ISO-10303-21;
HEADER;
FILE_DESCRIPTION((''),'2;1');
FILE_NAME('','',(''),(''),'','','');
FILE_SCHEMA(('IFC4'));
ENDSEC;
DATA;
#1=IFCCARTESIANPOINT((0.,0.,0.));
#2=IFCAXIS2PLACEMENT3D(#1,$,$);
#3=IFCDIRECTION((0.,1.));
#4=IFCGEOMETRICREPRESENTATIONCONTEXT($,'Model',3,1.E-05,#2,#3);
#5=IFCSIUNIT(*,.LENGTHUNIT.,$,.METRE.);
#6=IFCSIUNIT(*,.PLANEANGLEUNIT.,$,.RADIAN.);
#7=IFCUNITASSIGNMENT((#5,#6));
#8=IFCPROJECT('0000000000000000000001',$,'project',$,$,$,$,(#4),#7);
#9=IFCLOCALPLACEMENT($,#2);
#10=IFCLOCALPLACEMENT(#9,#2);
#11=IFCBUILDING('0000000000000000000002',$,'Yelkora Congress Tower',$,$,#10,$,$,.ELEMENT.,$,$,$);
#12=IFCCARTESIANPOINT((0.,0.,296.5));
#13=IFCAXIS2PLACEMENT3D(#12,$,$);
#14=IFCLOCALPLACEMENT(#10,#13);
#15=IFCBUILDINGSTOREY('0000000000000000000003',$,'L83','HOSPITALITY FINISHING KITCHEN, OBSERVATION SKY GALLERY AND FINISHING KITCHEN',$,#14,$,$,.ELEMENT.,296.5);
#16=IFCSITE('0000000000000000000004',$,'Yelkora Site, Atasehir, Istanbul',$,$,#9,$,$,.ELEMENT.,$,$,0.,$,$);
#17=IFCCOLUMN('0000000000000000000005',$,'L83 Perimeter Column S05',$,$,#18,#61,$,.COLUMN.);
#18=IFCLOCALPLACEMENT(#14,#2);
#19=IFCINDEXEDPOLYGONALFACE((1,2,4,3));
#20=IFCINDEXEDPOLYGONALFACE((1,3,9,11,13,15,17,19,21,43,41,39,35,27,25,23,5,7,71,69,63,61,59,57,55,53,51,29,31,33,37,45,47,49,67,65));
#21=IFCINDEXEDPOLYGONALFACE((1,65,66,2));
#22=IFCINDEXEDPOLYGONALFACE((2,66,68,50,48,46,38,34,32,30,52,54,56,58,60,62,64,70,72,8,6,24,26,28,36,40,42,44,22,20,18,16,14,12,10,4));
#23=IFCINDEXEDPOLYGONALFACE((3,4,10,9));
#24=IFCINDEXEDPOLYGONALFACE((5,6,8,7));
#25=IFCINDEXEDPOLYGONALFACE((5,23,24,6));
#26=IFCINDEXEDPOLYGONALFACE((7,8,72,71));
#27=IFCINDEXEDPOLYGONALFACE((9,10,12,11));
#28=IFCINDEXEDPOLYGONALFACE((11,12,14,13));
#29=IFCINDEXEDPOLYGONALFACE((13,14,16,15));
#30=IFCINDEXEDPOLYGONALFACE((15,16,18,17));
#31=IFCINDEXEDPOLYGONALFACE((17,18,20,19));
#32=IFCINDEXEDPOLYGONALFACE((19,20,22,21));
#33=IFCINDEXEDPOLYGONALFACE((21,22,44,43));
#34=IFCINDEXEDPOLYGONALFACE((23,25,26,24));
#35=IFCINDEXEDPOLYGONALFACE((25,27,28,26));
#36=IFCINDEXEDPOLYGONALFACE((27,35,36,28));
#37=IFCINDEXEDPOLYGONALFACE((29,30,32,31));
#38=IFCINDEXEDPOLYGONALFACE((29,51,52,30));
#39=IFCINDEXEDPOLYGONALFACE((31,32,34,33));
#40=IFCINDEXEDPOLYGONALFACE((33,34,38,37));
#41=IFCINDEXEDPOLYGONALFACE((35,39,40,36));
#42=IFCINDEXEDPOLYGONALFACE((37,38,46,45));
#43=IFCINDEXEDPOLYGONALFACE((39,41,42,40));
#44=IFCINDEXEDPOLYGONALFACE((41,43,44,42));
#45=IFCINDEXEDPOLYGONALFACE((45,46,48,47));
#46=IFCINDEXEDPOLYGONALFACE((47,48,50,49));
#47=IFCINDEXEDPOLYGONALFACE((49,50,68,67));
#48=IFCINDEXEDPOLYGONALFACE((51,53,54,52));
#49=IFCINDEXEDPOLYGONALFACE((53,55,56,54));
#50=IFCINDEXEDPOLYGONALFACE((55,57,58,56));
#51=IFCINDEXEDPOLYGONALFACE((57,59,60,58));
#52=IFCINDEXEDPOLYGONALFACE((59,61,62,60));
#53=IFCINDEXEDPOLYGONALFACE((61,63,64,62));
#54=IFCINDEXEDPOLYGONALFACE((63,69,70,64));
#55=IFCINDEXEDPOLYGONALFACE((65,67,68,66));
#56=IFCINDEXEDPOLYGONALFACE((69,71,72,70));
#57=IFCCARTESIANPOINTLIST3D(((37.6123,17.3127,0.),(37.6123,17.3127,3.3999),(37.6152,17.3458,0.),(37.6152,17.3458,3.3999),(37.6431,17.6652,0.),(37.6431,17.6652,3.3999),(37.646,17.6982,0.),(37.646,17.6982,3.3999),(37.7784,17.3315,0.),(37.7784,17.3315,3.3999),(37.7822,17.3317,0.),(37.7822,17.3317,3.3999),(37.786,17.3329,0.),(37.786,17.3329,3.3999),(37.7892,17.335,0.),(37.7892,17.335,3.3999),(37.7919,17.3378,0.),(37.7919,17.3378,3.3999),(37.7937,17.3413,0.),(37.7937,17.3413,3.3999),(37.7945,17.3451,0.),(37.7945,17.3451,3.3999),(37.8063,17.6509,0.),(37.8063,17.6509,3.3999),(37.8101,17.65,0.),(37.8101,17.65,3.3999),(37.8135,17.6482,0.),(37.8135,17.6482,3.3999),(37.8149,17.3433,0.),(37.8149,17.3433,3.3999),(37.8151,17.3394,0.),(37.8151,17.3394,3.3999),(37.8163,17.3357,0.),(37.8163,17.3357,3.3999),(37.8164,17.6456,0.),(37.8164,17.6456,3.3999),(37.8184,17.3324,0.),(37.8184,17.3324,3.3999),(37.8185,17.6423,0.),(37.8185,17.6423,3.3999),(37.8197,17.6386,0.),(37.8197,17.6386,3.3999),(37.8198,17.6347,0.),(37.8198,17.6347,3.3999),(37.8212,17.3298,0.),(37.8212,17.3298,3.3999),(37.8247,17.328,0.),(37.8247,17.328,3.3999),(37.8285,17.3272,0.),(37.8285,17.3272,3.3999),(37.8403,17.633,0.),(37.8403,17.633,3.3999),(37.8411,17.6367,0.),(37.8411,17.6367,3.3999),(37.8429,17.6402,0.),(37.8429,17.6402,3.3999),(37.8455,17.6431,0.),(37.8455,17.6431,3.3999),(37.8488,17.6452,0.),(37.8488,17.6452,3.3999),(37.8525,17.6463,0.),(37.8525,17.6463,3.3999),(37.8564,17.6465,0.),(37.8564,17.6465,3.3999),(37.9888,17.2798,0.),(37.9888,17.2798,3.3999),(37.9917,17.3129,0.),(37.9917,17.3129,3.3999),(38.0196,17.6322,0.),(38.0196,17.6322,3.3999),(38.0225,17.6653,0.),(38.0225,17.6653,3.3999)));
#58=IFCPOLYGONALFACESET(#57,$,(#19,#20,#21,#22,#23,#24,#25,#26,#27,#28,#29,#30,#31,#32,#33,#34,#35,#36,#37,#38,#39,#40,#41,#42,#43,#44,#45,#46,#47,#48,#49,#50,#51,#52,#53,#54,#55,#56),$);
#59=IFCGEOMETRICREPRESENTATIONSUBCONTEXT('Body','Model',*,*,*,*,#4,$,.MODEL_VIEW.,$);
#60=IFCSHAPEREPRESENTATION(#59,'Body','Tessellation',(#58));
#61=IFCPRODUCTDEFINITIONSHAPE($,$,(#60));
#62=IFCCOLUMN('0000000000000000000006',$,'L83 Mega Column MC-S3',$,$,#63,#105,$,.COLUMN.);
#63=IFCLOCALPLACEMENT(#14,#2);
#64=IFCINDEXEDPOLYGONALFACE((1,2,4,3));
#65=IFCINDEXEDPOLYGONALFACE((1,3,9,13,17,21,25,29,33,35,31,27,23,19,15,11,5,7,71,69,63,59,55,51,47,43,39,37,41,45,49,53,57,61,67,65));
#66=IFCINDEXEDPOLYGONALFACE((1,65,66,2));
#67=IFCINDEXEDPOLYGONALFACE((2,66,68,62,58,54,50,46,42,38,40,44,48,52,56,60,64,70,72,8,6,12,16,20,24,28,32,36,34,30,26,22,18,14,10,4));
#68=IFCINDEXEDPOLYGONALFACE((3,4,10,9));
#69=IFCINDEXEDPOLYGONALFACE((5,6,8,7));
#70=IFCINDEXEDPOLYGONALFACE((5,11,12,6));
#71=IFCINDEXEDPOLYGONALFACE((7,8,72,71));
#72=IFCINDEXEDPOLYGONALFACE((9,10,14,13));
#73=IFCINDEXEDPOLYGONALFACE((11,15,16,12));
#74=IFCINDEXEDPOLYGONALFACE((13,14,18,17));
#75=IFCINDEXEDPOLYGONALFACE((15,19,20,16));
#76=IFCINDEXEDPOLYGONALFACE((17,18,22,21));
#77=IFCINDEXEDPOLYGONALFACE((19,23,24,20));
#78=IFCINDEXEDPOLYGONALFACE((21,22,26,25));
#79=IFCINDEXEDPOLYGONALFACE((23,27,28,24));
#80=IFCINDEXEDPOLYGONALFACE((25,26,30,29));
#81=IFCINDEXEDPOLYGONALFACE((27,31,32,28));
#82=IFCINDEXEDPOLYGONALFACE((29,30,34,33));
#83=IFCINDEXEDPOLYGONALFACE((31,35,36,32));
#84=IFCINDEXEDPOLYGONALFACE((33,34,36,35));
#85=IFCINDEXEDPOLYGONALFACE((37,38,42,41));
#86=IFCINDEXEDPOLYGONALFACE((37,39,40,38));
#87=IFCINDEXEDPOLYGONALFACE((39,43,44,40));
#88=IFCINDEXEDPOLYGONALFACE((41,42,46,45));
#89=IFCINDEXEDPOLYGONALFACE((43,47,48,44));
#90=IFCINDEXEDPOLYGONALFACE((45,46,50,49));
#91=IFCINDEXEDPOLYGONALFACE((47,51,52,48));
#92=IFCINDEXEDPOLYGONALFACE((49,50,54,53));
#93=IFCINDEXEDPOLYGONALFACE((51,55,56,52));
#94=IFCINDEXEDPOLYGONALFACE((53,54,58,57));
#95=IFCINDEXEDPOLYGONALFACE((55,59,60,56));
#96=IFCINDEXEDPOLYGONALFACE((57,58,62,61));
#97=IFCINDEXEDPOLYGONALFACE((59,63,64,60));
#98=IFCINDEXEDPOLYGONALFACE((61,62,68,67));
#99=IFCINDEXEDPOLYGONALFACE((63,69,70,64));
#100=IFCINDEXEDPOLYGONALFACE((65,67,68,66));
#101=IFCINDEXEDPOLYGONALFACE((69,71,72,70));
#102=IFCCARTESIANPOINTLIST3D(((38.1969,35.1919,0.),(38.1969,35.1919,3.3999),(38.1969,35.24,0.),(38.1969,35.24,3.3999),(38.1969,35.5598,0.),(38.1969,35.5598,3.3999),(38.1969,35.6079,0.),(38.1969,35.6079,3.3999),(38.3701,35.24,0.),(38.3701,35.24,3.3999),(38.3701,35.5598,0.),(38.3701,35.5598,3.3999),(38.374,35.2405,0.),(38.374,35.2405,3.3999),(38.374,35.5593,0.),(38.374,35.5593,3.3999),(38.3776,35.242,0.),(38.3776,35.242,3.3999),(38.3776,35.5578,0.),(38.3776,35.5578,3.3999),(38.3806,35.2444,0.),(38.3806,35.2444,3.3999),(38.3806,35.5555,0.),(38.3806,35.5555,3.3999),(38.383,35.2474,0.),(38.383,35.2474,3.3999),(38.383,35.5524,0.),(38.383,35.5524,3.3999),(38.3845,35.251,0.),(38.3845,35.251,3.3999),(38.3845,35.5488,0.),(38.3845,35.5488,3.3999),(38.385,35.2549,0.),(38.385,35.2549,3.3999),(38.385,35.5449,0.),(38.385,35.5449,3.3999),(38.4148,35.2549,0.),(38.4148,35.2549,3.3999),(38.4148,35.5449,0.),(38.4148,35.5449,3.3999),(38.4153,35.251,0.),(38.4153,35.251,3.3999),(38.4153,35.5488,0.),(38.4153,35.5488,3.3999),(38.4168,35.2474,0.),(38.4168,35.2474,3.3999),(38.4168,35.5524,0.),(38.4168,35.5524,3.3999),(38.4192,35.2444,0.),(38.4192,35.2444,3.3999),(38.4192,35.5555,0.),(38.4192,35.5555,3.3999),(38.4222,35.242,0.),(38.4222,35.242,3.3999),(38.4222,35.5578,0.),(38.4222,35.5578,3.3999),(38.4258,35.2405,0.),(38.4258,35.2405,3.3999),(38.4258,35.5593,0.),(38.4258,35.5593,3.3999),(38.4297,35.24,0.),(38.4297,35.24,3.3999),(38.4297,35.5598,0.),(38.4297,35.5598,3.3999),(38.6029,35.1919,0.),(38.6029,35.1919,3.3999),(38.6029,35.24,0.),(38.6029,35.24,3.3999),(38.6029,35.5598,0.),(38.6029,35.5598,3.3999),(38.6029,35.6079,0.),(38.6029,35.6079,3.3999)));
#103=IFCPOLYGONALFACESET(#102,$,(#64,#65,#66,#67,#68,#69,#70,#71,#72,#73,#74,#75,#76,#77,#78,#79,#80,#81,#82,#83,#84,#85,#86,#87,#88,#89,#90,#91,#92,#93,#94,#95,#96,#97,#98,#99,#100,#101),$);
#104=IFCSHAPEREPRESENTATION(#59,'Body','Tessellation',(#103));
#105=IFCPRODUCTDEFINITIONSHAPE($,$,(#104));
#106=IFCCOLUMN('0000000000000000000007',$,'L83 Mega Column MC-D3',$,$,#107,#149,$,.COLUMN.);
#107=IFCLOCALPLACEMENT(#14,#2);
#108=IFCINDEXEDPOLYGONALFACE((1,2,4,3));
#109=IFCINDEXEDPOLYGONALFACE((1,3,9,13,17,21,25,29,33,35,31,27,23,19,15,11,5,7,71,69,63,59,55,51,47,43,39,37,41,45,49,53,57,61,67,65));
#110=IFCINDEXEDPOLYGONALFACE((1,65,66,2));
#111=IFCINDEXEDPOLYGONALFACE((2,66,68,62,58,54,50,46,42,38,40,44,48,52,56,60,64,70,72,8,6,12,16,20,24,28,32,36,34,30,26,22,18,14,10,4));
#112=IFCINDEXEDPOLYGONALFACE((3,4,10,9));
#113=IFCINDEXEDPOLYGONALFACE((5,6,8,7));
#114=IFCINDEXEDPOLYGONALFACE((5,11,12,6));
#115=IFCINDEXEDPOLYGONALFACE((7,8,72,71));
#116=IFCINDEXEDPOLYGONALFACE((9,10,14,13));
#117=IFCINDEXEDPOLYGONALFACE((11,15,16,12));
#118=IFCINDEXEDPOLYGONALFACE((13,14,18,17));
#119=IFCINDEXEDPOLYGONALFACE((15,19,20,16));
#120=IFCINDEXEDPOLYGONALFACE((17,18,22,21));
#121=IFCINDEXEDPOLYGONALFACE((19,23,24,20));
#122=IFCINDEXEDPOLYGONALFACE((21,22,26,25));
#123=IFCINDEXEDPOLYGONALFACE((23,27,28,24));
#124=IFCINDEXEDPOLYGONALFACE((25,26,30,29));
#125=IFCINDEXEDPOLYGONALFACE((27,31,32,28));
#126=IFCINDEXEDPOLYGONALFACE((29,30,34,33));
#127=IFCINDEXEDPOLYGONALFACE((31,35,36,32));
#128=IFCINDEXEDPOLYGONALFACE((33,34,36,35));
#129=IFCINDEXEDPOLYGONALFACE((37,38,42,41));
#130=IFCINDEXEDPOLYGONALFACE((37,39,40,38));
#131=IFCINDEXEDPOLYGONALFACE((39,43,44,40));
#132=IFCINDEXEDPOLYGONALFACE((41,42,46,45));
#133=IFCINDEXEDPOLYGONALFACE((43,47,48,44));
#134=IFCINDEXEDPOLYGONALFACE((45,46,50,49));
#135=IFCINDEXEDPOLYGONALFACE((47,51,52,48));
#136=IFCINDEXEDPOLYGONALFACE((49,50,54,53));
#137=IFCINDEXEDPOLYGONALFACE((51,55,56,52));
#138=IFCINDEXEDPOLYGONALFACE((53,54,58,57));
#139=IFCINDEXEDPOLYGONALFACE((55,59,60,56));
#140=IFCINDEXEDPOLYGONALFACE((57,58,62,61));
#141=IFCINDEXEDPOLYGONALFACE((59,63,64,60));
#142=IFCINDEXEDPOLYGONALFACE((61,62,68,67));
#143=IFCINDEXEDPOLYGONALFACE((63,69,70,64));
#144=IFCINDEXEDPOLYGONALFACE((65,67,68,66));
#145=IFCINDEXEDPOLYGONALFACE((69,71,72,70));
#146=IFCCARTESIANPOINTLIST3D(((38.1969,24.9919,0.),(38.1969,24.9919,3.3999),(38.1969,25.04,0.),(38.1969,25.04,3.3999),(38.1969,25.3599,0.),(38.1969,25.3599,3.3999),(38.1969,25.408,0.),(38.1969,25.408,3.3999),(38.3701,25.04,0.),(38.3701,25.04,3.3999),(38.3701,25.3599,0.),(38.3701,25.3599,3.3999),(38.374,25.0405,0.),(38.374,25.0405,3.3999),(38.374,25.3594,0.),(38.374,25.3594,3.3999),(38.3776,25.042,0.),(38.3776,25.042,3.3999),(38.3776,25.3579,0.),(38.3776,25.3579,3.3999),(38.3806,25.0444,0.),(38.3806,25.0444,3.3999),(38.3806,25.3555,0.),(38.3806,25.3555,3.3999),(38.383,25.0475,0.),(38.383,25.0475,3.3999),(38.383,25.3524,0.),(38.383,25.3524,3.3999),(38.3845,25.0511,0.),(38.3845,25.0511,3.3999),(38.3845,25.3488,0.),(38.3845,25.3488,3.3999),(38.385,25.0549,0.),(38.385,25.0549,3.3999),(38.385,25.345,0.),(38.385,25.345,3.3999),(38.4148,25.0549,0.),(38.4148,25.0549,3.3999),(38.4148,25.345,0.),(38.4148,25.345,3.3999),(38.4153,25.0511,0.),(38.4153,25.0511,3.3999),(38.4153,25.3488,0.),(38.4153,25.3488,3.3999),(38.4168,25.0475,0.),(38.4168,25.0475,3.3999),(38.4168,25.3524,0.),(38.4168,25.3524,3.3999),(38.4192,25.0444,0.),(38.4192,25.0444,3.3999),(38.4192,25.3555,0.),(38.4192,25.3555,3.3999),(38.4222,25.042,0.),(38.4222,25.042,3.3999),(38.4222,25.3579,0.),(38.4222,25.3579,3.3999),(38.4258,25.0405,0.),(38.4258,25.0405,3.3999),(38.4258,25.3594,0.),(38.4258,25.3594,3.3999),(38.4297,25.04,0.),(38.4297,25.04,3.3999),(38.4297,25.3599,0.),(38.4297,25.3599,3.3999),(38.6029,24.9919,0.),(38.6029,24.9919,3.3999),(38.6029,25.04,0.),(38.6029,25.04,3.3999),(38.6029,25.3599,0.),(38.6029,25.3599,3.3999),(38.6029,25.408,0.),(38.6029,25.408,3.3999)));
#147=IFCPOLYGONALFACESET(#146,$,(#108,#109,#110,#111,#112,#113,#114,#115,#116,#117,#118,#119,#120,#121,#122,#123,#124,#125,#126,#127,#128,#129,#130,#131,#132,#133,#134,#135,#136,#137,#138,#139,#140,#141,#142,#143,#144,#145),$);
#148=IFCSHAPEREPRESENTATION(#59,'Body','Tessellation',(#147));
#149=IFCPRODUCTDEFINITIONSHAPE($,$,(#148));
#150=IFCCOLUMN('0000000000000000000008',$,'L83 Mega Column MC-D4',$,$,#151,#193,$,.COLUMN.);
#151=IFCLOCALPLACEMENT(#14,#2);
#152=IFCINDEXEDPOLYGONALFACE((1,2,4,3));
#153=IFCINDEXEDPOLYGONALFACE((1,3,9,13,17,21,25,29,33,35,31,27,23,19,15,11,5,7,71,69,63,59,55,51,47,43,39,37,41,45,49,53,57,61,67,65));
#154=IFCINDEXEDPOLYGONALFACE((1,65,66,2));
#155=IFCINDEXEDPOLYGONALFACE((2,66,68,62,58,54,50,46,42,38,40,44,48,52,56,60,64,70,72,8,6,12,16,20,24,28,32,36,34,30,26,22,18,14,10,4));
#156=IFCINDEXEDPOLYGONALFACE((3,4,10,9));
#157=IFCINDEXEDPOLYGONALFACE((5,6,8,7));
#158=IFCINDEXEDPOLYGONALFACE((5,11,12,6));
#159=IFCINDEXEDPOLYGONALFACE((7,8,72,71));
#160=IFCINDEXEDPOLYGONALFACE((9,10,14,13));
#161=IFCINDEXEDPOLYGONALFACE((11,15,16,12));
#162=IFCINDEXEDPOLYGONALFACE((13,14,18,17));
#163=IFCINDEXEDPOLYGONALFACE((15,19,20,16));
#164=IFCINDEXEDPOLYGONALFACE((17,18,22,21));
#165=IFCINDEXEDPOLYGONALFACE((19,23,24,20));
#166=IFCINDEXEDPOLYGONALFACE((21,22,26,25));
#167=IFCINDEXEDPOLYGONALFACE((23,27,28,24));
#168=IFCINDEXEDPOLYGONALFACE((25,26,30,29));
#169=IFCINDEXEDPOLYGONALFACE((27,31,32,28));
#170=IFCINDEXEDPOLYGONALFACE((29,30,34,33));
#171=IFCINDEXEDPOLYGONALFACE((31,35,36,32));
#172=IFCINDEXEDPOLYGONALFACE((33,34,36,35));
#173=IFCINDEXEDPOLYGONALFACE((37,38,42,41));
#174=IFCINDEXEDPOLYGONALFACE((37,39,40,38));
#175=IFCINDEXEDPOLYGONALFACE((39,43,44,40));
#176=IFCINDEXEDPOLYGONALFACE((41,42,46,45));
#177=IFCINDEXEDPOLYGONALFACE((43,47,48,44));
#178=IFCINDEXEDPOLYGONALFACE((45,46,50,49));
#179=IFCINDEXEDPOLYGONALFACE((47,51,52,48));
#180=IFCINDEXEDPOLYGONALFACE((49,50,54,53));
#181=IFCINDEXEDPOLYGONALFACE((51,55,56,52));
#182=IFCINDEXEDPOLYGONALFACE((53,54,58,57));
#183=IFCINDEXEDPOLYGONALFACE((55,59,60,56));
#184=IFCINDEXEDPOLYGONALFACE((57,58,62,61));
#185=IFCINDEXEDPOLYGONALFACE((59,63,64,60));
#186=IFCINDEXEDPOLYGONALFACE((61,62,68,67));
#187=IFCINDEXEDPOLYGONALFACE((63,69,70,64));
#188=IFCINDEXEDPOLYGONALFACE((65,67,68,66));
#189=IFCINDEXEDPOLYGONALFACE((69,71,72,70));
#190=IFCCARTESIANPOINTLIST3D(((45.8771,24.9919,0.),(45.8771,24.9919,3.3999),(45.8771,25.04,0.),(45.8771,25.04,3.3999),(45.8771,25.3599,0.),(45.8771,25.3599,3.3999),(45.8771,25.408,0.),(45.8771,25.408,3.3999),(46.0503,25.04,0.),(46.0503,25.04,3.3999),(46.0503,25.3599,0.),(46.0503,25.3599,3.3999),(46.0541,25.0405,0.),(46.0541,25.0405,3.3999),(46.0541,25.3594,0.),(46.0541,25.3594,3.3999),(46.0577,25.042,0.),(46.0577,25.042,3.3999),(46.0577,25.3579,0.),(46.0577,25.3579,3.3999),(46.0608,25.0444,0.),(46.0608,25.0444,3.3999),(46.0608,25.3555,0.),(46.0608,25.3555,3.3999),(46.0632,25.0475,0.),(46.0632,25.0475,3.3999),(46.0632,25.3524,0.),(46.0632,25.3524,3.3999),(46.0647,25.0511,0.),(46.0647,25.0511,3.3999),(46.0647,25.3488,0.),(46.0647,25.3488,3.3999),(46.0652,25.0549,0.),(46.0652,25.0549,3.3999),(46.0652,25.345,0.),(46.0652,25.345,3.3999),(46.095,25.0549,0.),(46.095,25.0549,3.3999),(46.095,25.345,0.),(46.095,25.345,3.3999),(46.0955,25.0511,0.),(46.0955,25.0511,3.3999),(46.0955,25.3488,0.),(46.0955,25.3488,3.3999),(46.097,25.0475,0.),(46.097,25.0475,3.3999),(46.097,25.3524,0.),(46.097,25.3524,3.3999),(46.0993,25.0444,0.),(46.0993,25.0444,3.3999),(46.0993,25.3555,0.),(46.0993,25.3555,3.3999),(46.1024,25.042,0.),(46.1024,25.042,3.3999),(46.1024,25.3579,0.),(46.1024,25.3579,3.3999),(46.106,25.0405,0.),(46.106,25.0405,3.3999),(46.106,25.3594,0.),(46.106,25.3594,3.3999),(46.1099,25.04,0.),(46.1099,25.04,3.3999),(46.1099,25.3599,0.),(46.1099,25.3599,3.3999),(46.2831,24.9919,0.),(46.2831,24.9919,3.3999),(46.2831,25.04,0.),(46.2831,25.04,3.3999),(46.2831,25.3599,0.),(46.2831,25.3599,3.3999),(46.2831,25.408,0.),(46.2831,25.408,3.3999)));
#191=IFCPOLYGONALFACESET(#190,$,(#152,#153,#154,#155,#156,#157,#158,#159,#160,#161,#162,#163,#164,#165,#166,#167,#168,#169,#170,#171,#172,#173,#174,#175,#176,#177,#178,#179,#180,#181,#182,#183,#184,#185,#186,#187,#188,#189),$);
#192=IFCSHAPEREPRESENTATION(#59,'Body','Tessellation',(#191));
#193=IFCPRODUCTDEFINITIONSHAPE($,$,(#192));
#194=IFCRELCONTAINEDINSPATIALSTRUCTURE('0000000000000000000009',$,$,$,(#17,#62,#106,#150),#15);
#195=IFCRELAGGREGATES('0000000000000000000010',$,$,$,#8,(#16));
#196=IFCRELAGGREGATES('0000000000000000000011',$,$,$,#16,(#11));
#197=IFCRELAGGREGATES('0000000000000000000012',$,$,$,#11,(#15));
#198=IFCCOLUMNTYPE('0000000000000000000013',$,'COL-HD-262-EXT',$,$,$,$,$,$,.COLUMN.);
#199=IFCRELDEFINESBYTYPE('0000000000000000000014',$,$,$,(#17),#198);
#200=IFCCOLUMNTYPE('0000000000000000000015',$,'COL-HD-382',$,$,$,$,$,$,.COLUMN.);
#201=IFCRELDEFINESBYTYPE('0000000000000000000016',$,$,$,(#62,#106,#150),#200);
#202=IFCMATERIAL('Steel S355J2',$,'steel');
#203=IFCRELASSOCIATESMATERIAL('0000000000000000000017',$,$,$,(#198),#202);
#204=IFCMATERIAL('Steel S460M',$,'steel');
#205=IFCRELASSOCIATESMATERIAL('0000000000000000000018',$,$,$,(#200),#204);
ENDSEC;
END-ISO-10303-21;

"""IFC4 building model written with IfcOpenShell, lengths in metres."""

from ifc_helpers import new_model, si_unit, direction, frame, origin, origin_2d, place, context, subcontext, project, spatial, i_section, extrude, material, material_profile, profile_set, type_object, element, save


model = new_model("IFC4")

# Units and contexts
model_context = context("Model", 3, precision=1e-05, world=origin(), true_north=direction((0.0, 1.0)))
body_context = subcontext(model_context, "Body", "Model", "MODEL_VIEW")
ifc_project = project(units=[si_unit("LENGTHUNIT", "METRE"), si_unit("PLANEANGLEUNIT", "RADIAN")], contexts=[model_context])

# Site, building, storey
site_placement = place(None, origin())
site = spatial("IfcSite", under=ifc_project, at=site_placement, Name="Yelkora Site, Atasehir, Istanbul", CompositionType="ELEMENT", RefElevation=0.0)
building_placement = place(site_placement, origin())
building = spatial("IfcBuilding", under=site, at=building_placement, Name="Yelkora Congress Tower", CompositionType="ELEMENT")
storey_placement = place(building_placement, frame((0.0, 0.0, 296.5)))
storey = spatial("IfcBuildingStorey", under=building, at=storey_placement, Name="L83", Description="HOSPITALITY FINISHING KITCHEN, OBSERVATION SKY GALLERY AND FINISHING KITCHEN", CompositionType="ELEMENT", Elevation=296.5)

# Columns
ifc_material_1 = material(Name="Steel S355J2", Category="steel")
ifc_material_profile_1 = material_profile(ifc_material_1, i_section(OverallWidth=0.3779, OverallDepth=0.387, WebThickness=0.0205, FlangeThickness=0.0332, FilletRadius=0.0149, at=origin_2d()), Name="HD 360x262")
ifc_profile_set_1 = profile_set([ifc_material_profile_1], Name="Steel S355J2")
column_type_1 = type_object("IfcColumnType", Name="COL-HD-262-EXT", PredefinedType="COLUMN", material=ifc_profile_set_1)
column_placement = place(storey_placement, frame((37.8174, 17.489, 0.0), z_axis=(0.0, 0.0, 1.0), x_axis=(0.996195, -0.087156, 0.0)))
element("IfcColumn", 1, at=column_placement, inside=storey, type_object=column_type_1, Name="L83 Perimeter Column S05", PredefinedType="COLUMN", context=body_context, shape_type="SweptSolid", body=[
    extrude(i_section(OverallWidth=0.3779, OverallDepth=0.387, WebThickness=0.0205, FlangeThickness=0.0332, FilletRadius=0.0149, at=origin_2d()), origin(), (0.0, 0.0, 1.0), 3.3999),
])
ifc_material_2 = material(Name="Steel S460M", Category="steel")
ifc_material_profile_2 = material_profile(ifc_material_2, i_section(OverallWidth=0.406, OverallDepth=0.416, WebThickness=0.0298, FlangeThickness=0.0481, FilletRadius=0.0149, at=origin_2d()), Name="HD 400x382")
ifc_profile_set_2 = profile_set([ifc_material_profile_2], Name="Steel S460M")
column_type_2 = type_object("IfcColumnType", Name="COL-HD-382", PredefinedType="COLUMN", material=ifc_profile_set_2)
for number, where, z_axis, x_axis, name in (
    (2, (38.3999, 35.3999, 0.0), (0.0, 0.0, 1.0), (1.0, 0.0, 0.0), "L83 Mega Column MC-S3"),
    (3, (38.3999, 25.2, 0.0), (0.0, 0.0, 1.0), (1.0, 0.0, 0.0), "L83 Mega Column MC-D3"),
    (4, (46.0801, 25.2, 0.0), (0.0, 0.0, 1.0), (1.0, 0.0, 0.0), "L83 Mega Column MC-D4"),
):
    element("IfcColumn", number, at=place(storey_placement, frame(where, z_axis=z_axis, x_axis=x_axis)), inside=storey, type_object=column_type_2, Name=name, PredefinedType="COLUMN", context=body_context, shape_type="SweptSolid", body=[
        extrude(i_section(OverallWidth=0.406, OverallDepth=0.416, WebThickness=0.0298, FlangeThickness=0.0481, FilletRadius=0.0149, at=origin_2d()), origin(), (0.0, 0.0, 1.0), 3.3999),
    ])

save(model, "model.ifc")
